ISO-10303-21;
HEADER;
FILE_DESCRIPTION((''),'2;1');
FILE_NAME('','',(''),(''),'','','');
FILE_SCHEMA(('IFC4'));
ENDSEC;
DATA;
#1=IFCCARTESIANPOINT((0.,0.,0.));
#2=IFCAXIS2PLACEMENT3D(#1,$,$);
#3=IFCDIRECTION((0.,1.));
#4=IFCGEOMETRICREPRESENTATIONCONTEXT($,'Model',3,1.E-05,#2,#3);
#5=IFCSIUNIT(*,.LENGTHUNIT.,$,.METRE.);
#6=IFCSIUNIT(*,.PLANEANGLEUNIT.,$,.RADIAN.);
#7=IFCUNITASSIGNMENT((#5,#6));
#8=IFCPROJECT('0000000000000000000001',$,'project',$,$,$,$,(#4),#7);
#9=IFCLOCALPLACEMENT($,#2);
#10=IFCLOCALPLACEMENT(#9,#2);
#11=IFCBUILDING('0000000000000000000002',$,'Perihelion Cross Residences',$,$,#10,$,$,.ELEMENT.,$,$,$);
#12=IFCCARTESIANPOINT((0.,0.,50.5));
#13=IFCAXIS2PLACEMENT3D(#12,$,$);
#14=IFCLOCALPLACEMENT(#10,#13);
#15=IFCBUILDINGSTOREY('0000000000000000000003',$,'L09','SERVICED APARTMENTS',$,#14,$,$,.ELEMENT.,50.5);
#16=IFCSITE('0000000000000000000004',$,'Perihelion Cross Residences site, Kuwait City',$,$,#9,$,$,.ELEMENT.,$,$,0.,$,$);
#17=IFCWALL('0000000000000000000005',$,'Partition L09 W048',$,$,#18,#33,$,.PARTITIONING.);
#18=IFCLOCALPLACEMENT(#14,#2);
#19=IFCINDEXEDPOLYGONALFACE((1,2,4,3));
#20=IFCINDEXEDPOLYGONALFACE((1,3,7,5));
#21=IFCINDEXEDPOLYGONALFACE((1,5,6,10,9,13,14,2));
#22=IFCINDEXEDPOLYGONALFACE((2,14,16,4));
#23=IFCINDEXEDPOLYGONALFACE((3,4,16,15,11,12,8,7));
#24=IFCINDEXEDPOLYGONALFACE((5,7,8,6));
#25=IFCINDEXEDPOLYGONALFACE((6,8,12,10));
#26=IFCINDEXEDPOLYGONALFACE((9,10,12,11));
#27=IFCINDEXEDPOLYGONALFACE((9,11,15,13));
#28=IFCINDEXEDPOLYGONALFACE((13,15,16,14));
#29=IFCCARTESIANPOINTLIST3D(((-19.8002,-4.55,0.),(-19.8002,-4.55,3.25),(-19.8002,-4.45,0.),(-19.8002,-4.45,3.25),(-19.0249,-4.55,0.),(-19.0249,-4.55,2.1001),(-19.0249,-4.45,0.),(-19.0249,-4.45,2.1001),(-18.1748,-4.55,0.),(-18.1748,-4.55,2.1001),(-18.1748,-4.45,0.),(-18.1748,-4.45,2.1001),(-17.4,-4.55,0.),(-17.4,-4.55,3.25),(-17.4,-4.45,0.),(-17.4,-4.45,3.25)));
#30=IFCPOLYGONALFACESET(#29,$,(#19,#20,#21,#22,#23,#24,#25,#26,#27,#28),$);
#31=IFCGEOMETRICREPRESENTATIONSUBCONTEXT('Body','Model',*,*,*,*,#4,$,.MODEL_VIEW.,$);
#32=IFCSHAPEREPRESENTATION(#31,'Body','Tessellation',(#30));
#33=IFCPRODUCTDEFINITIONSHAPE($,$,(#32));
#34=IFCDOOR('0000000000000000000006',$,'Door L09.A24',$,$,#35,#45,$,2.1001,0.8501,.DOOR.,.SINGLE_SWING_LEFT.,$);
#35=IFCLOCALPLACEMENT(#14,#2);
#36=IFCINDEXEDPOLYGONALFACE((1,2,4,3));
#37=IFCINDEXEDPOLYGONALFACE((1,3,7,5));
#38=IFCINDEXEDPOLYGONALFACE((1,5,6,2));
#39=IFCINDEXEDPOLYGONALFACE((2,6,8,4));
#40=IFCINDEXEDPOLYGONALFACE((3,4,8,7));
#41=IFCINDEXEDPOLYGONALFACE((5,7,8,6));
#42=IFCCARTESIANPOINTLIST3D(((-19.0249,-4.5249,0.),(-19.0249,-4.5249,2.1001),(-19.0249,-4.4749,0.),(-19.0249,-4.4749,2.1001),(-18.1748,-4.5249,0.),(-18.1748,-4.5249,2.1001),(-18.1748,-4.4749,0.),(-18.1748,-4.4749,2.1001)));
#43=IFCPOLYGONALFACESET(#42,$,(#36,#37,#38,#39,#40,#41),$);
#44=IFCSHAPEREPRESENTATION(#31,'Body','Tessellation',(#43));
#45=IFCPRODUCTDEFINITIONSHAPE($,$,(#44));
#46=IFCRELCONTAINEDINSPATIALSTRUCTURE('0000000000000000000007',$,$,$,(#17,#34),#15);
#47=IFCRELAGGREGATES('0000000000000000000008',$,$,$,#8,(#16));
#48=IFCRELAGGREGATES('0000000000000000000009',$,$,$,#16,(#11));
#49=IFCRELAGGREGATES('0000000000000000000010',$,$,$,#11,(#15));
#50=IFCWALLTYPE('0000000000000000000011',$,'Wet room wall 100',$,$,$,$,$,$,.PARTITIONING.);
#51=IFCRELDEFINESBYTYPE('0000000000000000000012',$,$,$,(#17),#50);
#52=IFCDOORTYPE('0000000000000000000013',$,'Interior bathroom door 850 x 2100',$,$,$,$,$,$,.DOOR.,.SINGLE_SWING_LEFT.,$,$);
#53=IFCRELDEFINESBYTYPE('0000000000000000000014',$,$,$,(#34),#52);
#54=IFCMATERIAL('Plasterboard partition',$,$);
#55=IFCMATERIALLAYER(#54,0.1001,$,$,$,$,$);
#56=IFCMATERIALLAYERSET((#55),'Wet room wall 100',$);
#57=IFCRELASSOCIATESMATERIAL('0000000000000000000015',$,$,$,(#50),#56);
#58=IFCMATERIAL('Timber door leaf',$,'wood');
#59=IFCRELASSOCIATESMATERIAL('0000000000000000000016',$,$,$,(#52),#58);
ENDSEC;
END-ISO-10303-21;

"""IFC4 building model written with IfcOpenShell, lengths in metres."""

from ifc_helpers import new_model, si_unit, direction, frame, frame_2d, origin, place, context, subcontext, project, spatial, rectangle, extrude, material, layer, layer_set, type_object, element, fill, save


model = new_model("IFC4")

# Units and contexts
model_context = context("Model", 3, precision=1e-05, world=origin(), true_north=direction((0.0, 1.0)))
body_context = subcontext(model_context, "Body", "Model", "MODEL_VIEW")
ifc_project = project(units=[si_unit("LENGTHUNIT", "METRE"), si_unit("PLANEANGLEUNIT", "RADIAN")], contexts=[model_context])

# Site, building, storey
site_placement = place(None, origin())
site = spatial("IfcSite", under=ifc_project, at=site_placement, Name="Perihelion Cross Residences site, Kuwait City", CompositionType="ELEMENT", RefElevation=0.0)
building_placement = place(site_placement, origin())
building = spatial("IfcBuilding", under=site, at=building_placement, Name="Perihelion Cross Residences", CompositionType="ELEMENT")
storey_placement = place(building_placement, frame((0.0, 0.0, 50.5)))
storey = spatial("IfcBuildingStorey", under=building, at=storey_placement, Name="L09", Description="SERVICED APARTMENTS", CompositionType="ELEMENT", Elevation=50.5)

# Shared definitions
ifc_material_1 = material(Name="Plasterboard partition")
ifc_layer_1 = layer(ifc_material_1, 0.1001)
ifc_layer_set_1 = layer_set([ifc_layer_1], Name="Wet room wall 100")
wall_type_1 = type_object("IfcWallType", Name="Wet room wall 100", PredefinedType="PARTITIONING", material=ifc_layer_set_1)

# Wall, opening, door
wall_1_placement = place(storey_placement, frame((-17.3999, -4.5, 0.0), z_axis=(0.0, 0.0, 1.0), x_axis=(-1.0, 0.0, 0.0)))
wall_1 = element("IfcWall", 1, at=wall_1_placement, inside=storey, type_object=wall_type_1, Name="Partition L09 W048", PredefinedType="PARTITIONING", context=body_context, shape_type="SweptSolid", body=[
    extrude(rectangle(XDim=2.4001, YDim=0.1001, at=frame_2d((1.2002, 0.0))), origin(), (0.0, 0.0, 1.0), 3.25),
])
opening_1_placement = place(wall_1_placement, frame((0.7749, 0.0, 0.0)))
opening_1 = element("IfcOpeningElement", 2, at=opening_1_placement, cuts=wall_1, PredefinedType="OPENING", context=body_context, shape_type="SweptSolid", body=[
    extrude(rectangle(XDim=0.8501, YDim=2.1001, at=frame_2d((0.425, 1.05))), frame((0.0, 0.0601, 0.0), z_axis=(0.0, -1.0, 0.0), x_axis=(1.0, 0.0, 0.0)), (0.0, 0.0, 1.0), 0.1201),
])
ifc_material_2 = material(Name="Timber door leaf", Category="wood")
door_type_1 = type_object("IfcDoorType", Name="Interior bathroom door 850 x 2100", OperationType="SINGLE_SWING_LEFT", PredefinedType="DOOR", material=ifc_material_2)
door_1_placement = place(opening_1_placement, origin())
door_1 = element("IfcDoor", 3, at=door_1_placement, inside=storey, type_object=door_type_1, Name="Door L09.A24", OperationType="SINGLE_SWING_LEFT", OverallHeight=2.1001, OverallWidth=0.8501, PredefinedType="DOOR", context=body_context, shape_type="SweptSolid", body=[
    extrude(rectangle(XDim=0.8501, YDim=2.1001, at=frame_2d((0.425, 1.05))), frame((0.0, 0.0249, 0.0), z_axis=(0.0, -1.0, 0.0), x_axis=(1.0, 0.0, 0.0)), (0.0, 0.0, 1.0), 0.05),
])
fill(opening_1, door_1)

save(model, "model.ifc")
